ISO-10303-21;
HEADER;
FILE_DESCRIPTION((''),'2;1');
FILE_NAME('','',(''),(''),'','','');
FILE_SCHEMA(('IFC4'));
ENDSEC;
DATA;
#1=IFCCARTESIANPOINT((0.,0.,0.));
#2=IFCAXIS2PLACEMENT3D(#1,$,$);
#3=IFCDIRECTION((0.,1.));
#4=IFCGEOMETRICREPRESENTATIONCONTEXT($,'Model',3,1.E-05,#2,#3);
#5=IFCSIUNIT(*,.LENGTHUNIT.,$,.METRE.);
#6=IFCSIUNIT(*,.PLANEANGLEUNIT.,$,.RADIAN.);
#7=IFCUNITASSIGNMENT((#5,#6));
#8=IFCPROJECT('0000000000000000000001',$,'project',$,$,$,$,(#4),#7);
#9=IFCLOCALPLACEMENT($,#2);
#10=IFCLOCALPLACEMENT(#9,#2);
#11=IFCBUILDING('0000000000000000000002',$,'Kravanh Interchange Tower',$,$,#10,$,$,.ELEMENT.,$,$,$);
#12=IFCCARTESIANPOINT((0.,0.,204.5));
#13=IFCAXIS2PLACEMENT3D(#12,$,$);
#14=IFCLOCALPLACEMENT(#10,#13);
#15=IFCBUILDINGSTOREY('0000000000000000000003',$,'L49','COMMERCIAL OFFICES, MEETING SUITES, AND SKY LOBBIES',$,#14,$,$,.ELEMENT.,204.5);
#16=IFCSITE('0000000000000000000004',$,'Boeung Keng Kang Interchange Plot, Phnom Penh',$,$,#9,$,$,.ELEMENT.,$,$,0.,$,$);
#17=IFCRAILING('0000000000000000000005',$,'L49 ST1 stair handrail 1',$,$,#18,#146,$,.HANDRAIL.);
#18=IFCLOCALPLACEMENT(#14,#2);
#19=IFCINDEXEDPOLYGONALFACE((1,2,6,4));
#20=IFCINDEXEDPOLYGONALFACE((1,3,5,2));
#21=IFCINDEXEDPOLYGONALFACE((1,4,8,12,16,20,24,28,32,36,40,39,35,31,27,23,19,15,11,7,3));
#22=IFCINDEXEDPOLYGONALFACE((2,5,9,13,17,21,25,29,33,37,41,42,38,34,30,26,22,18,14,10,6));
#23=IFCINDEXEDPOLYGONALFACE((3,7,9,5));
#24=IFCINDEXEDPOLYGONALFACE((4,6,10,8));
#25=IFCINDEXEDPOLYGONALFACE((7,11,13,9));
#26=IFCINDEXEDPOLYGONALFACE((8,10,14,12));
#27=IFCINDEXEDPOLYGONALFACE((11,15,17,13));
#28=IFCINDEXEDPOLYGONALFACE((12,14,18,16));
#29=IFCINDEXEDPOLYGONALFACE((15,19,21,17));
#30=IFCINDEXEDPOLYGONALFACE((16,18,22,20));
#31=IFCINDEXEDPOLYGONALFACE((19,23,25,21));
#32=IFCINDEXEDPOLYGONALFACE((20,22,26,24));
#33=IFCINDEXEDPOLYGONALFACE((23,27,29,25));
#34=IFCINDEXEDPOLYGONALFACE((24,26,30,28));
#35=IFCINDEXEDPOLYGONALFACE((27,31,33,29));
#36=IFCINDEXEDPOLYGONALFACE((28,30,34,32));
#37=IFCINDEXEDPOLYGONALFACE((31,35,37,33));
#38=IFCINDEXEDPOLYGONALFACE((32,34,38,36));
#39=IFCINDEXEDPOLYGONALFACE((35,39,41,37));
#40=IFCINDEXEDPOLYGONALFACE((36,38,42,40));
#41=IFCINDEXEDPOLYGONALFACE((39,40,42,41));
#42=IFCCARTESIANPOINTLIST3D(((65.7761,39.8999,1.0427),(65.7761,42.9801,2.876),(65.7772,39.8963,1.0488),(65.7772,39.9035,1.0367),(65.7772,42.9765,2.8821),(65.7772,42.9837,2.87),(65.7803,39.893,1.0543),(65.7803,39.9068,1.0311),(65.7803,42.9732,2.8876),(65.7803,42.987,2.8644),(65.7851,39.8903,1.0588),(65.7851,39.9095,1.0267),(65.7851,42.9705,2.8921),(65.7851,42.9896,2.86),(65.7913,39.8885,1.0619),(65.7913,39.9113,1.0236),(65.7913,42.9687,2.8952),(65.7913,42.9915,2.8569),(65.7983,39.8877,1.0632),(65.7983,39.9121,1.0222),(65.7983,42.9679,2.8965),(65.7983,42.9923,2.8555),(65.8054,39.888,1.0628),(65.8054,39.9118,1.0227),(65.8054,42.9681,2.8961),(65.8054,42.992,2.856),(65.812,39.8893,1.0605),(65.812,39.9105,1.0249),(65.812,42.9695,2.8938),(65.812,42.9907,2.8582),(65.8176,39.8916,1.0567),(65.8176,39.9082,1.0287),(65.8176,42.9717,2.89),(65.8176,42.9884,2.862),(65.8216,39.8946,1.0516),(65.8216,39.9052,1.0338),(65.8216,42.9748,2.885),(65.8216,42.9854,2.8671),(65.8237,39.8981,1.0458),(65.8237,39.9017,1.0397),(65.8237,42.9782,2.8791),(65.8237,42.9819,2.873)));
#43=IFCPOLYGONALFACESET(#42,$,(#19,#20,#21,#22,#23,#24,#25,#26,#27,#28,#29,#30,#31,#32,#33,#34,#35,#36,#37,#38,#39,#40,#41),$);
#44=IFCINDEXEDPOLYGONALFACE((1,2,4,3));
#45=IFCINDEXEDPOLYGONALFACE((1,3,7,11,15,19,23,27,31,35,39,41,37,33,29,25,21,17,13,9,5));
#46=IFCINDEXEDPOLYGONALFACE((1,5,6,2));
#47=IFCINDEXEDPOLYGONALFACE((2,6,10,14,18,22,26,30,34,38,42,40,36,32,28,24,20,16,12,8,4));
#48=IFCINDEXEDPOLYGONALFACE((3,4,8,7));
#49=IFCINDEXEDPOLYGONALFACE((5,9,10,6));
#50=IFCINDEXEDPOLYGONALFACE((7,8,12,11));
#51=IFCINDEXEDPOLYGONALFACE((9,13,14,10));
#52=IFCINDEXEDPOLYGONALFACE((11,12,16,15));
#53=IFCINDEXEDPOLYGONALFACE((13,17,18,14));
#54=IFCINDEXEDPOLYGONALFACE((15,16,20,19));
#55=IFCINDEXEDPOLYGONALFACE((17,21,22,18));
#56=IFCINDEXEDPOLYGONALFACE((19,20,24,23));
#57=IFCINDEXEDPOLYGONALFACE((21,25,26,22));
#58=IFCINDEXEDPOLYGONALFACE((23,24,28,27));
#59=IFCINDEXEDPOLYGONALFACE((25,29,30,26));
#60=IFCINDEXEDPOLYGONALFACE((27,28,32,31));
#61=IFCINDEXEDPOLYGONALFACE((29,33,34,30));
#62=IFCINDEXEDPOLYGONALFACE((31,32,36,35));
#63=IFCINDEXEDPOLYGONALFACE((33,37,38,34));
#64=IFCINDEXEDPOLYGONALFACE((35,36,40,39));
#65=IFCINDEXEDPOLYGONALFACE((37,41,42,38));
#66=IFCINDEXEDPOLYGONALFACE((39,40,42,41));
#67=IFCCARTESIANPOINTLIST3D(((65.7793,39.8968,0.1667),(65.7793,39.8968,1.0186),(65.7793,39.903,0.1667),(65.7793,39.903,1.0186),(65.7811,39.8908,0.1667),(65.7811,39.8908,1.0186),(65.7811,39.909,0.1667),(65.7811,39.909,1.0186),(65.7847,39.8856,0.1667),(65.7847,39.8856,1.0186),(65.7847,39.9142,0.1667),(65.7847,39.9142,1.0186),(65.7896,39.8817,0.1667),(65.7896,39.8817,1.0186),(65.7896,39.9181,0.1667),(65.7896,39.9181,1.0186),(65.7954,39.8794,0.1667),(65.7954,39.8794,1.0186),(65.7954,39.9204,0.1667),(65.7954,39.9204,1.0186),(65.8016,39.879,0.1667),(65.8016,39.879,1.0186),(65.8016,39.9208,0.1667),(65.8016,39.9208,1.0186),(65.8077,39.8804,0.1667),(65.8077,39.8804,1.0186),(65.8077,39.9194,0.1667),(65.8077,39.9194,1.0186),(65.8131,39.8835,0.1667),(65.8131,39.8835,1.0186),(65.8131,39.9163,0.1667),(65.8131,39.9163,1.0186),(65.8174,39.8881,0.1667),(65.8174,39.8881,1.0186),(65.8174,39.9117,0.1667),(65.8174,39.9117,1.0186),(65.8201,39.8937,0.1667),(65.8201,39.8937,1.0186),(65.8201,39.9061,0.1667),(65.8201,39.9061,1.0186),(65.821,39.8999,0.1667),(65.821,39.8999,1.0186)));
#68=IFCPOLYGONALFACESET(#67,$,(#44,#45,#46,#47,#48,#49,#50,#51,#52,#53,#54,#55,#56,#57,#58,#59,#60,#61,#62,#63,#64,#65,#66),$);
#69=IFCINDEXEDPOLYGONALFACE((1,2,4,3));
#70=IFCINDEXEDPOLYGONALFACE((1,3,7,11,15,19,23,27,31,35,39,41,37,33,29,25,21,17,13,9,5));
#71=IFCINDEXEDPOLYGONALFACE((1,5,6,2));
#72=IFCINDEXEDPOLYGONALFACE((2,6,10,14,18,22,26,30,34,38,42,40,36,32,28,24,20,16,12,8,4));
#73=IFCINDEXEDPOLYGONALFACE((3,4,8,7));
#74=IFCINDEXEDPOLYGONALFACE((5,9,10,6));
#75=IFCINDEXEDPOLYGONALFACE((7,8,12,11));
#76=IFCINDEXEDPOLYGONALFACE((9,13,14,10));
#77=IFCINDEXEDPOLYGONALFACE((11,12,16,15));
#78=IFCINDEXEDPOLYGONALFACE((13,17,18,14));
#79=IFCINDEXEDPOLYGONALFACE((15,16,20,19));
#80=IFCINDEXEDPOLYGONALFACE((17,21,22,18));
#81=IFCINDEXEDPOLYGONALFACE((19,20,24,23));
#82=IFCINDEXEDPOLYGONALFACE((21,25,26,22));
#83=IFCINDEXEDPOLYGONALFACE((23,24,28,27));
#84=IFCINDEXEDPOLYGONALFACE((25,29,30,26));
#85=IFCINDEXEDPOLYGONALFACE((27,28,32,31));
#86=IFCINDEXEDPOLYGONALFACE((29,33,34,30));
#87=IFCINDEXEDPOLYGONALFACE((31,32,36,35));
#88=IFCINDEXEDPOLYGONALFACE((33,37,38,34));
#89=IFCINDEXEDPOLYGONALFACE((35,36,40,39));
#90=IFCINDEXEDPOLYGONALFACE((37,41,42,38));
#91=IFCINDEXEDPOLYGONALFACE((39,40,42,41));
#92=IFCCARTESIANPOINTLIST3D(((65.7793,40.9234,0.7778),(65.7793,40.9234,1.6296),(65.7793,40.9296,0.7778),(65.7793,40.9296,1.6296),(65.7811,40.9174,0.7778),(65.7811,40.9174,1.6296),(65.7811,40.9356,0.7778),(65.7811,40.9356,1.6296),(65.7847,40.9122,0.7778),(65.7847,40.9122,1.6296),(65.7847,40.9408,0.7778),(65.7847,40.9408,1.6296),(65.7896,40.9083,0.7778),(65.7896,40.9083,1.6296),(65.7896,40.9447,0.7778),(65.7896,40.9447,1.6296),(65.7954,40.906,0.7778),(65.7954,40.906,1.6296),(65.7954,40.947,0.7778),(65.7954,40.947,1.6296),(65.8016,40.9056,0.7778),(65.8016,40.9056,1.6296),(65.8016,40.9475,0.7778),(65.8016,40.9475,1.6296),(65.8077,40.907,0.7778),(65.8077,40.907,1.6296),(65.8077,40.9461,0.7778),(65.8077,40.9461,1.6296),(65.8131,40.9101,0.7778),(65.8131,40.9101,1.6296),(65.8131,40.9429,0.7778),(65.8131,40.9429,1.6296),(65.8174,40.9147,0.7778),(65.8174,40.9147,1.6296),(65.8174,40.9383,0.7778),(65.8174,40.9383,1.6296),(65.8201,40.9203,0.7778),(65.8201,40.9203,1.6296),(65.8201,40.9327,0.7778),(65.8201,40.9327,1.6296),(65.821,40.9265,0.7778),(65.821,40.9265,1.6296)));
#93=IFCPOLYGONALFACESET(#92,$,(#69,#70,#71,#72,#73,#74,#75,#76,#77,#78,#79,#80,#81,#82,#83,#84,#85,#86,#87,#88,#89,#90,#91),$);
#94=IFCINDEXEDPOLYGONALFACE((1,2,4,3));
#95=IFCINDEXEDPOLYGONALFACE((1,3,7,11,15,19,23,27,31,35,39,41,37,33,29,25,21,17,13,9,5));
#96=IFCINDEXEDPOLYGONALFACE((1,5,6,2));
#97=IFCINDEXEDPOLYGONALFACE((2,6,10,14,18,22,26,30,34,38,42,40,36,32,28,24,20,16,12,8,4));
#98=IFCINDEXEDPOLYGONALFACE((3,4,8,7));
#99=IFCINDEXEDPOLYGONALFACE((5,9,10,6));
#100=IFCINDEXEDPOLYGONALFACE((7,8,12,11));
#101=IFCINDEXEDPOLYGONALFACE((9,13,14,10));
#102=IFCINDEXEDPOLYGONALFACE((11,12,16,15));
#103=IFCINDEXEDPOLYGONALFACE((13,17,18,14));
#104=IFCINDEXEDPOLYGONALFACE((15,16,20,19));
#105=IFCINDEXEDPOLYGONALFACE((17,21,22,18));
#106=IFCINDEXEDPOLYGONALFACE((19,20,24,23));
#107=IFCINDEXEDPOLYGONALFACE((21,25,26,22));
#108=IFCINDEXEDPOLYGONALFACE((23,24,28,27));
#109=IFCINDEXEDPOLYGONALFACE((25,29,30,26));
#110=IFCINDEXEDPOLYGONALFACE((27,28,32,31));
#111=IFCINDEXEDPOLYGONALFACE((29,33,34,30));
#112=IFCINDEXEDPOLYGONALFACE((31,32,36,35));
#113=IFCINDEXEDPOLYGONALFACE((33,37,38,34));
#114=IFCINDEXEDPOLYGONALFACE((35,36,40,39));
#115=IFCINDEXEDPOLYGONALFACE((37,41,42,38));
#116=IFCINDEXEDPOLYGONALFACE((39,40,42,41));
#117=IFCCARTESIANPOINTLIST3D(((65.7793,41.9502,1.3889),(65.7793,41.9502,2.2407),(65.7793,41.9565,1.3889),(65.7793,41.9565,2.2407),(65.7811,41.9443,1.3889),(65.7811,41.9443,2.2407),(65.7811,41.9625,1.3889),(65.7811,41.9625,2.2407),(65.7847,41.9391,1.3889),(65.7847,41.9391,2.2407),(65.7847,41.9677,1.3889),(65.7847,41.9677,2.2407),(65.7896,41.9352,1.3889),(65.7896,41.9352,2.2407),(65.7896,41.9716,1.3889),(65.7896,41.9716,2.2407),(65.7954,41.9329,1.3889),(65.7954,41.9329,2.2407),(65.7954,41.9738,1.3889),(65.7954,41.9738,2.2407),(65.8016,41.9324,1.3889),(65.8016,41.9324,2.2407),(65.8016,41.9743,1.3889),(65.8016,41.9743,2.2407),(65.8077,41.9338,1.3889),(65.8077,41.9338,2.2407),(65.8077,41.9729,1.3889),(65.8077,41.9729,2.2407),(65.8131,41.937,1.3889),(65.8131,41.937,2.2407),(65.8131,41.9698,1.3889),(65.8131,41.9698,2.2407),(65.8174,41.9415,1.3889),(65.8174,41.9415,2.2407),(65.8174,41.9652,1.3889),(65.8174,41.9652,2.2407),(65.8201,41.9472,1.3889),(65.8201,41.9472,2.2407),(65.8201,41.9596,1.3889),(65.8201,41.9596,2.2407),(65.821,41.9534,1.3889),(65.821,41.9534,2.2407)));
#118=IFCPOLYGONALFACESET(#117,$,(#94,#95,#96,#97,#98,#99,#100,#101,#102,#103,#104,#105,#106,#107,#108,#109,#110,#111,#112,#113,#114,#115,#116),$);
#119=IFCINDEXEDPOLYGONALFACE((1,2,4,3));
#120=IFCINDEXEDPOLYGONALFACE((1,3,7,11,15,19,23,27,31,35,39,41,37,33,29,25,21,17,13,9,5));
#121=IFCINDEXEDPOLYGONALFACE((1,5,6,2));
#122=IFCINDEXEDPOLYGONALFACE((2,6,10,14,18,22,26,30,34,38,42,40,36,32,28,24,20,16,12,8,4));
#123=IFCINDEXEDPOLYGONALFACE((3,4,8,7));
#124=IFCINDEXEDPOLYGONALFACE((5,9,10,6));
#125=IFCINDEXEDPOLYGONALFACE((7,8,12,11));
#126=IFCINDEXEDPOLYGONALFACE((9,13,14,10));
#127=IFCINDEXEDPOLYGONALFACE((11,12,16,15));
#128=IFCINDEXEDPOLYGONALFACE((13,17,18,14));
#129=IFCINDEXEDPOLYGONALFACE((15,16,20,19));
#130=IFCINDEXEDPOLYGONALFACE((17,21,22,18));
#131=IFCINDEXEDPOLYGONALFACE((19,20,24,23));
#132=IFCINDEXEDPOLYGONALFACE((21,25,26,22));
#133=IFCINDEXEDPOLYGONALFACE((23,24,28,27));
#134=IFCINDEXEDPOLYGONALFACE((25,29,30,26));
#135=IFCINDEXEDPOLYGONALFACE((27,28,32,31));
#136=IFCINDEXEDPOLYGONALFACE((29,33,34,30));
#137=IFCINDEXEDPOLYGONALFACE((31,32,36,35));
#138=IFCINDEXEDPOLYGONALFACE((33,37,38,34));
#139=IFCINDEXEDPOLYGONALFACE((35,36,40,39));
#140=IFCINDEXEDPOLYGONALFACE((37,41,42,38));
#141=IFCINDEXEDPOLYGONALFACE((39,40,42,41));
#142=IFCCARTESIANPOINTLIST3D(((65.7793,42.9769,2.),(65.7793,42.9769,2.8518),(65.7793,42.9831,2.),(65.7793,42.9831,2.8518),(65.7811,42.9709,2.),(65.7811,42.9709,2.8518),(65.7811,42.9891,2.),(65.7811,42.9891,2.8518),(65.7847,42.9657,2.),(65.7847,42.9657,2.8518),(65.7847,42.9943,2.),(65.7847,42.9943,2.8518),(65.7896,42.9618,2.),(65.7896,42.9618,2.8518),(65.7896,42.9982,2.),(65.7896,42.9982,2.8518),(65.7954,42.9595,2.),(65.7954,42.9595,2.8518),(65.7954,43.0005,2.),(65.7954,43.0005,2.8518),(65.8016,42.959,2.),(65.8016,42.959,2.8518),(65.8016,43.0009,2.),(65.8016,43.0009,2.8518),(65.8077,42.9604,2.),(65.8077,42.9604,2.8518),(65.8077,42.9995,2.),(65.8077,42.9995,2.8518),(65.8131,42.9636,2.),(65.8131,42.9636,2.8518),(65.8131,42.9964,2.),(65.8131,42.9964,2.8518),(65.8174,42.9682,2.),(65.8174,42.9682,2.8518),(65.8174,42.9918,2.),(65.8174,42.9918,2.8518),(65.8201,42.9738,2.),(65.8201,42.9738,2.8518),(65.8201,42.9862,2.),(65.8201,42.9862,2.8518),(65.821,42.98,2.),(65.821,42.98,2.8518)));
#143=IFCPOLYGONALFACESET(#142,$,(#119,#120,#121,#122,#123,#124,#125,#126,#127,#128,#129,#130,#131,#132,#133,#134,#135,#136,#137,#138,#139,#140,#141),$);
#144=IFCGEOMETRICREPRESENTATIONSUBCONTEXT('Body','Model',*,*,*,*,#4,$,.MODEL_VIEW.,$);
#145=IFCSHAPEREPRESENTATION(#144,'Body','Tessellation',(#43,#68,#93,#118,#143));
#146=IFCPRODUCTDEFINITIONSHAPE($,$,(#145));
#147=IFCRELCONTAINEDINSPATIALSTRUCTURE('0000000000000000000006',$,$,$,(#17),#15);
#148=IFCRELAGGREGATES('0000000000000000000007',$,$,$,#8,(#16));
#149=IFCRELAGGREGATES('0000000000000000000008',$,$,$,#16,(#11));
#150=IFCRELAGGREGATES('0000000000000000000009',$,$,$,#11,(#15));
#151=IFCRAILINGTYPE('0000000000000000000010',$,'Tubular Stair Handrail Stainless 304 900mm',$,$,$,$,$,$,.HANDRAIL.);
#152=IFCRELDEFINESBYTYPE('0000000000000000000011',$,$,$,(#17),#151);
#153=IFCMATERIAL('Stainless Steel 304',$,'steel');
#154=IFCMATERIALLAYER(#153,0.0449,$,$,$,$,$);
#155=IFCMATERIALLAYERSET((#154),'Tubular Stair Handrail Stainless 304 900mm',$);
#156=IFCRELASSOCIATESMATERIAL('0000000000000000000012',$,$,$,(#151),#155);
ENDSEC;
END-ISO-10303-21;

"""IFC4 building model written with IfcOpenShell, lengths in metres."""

from ifc_helpers import new_model, si_unit, direction, frame, origin, origin_2d, place, context, subcontext, project, spatial, circle, extrude, material, layer, layer_set, type_object, element, save


model = new_model("IFC4")

# Units and contexts
model_context = context("Model", 3, precision=1e-05, world=origin(), true_north=direction((0.0, 1.0)))
body_context = subcontext(model_context, "Body", "Model", "MODEL_VIEW")
ifc_project = project(units=[si_unit("LENGTHUNIT", "METRE"), si_unit("PLANEANGLEUNIT", "RADIAN")], contexts=[model_context])

# Site, building, storey
site_placement = place(None, origin())
site = spatial("IfcSite", under=ifc_project, at=site_placement, Name="Boeung Keng Kang Interchange Plot, Phnom Penh", CompositionType="ELEMENT", RefElevation=0.0)
building_placement = place(site_placement, origin())
building = spatial("IfcBuilding", under=site, at=building_placement, Name="Kravanh Interchange Tower", CompositionType="ELEMENT")
storey_placement = place(building_placement, frame((0.0, 0.0, 204.5)))
storey = spatial("IfcBuildingStorey", under=building, at=storey_placement, Name="L49", Description="COMMERCIAL OFFICES, MEETING SUITES, AND SKY LOBBIES", CompositionType="ELEMENT", Elevation=204.5)

# Railing
ifc_material_1 = material(Name="Stainless Steel 304", Category="steel")
ifc_layer_1 = layer(ifc_material_1, 0.0449)
ifc_layer_set_1 = layer_set([ifc_layer_1], Name="Tubular Stair Handrail Stainless 304 900mm")
railing_type_1 = type_object("IfcRailingType", Name="Tubular Stair Handrail Stainless 304 900mm", PredefinedType="HANDRAIL", material=ifc_layer_set_1)
railing_1_placement = place(storey_placement, frame((65.8, 39.8999, 0.1667)))
element("IfcRailing", 1, at=railing_1_placement, inside=storey, type_object=railing_type_1, Name="L49 ST1 stair handrail 1", PredefinedType="HANDRAIL", context=body_context, shape_type="SweptSolid", body=[
    extrude(circle(Radius=0.0239, at=origin_2d()), frame((0.0, 0.0, 0.876), z_axis=(0.0, 0.859309, 0.511458), x_axis=(-1.0, 0.0, 0.0)), (0.0, 0.0, 1.0), 3.5845),
    extrude(circle(Radius=0.021, at=origin_2d()), origin(), (0.0, 0.0, 1.0), 0.8518),
    extrude(circle(Radius=0.021, at=origin_2d()), frame((0.0, 1.0266, 0.6111)), (0.0, 0.0, 1.0), 0.8518),
    extrude(circle(Radius=0.021, at=origin_2d()), frame((0.0, 2.0535, 1.2222)), (0.0, 0.0, 1.0), 0.8518),
    extrude(circle(Radius=0.021, at=origin_2d()), frame((0.0, 3.0801, 1.8333)), (0.0, 0.0, 1.0), 0.8518),
])

save(model, "model.ifc")
